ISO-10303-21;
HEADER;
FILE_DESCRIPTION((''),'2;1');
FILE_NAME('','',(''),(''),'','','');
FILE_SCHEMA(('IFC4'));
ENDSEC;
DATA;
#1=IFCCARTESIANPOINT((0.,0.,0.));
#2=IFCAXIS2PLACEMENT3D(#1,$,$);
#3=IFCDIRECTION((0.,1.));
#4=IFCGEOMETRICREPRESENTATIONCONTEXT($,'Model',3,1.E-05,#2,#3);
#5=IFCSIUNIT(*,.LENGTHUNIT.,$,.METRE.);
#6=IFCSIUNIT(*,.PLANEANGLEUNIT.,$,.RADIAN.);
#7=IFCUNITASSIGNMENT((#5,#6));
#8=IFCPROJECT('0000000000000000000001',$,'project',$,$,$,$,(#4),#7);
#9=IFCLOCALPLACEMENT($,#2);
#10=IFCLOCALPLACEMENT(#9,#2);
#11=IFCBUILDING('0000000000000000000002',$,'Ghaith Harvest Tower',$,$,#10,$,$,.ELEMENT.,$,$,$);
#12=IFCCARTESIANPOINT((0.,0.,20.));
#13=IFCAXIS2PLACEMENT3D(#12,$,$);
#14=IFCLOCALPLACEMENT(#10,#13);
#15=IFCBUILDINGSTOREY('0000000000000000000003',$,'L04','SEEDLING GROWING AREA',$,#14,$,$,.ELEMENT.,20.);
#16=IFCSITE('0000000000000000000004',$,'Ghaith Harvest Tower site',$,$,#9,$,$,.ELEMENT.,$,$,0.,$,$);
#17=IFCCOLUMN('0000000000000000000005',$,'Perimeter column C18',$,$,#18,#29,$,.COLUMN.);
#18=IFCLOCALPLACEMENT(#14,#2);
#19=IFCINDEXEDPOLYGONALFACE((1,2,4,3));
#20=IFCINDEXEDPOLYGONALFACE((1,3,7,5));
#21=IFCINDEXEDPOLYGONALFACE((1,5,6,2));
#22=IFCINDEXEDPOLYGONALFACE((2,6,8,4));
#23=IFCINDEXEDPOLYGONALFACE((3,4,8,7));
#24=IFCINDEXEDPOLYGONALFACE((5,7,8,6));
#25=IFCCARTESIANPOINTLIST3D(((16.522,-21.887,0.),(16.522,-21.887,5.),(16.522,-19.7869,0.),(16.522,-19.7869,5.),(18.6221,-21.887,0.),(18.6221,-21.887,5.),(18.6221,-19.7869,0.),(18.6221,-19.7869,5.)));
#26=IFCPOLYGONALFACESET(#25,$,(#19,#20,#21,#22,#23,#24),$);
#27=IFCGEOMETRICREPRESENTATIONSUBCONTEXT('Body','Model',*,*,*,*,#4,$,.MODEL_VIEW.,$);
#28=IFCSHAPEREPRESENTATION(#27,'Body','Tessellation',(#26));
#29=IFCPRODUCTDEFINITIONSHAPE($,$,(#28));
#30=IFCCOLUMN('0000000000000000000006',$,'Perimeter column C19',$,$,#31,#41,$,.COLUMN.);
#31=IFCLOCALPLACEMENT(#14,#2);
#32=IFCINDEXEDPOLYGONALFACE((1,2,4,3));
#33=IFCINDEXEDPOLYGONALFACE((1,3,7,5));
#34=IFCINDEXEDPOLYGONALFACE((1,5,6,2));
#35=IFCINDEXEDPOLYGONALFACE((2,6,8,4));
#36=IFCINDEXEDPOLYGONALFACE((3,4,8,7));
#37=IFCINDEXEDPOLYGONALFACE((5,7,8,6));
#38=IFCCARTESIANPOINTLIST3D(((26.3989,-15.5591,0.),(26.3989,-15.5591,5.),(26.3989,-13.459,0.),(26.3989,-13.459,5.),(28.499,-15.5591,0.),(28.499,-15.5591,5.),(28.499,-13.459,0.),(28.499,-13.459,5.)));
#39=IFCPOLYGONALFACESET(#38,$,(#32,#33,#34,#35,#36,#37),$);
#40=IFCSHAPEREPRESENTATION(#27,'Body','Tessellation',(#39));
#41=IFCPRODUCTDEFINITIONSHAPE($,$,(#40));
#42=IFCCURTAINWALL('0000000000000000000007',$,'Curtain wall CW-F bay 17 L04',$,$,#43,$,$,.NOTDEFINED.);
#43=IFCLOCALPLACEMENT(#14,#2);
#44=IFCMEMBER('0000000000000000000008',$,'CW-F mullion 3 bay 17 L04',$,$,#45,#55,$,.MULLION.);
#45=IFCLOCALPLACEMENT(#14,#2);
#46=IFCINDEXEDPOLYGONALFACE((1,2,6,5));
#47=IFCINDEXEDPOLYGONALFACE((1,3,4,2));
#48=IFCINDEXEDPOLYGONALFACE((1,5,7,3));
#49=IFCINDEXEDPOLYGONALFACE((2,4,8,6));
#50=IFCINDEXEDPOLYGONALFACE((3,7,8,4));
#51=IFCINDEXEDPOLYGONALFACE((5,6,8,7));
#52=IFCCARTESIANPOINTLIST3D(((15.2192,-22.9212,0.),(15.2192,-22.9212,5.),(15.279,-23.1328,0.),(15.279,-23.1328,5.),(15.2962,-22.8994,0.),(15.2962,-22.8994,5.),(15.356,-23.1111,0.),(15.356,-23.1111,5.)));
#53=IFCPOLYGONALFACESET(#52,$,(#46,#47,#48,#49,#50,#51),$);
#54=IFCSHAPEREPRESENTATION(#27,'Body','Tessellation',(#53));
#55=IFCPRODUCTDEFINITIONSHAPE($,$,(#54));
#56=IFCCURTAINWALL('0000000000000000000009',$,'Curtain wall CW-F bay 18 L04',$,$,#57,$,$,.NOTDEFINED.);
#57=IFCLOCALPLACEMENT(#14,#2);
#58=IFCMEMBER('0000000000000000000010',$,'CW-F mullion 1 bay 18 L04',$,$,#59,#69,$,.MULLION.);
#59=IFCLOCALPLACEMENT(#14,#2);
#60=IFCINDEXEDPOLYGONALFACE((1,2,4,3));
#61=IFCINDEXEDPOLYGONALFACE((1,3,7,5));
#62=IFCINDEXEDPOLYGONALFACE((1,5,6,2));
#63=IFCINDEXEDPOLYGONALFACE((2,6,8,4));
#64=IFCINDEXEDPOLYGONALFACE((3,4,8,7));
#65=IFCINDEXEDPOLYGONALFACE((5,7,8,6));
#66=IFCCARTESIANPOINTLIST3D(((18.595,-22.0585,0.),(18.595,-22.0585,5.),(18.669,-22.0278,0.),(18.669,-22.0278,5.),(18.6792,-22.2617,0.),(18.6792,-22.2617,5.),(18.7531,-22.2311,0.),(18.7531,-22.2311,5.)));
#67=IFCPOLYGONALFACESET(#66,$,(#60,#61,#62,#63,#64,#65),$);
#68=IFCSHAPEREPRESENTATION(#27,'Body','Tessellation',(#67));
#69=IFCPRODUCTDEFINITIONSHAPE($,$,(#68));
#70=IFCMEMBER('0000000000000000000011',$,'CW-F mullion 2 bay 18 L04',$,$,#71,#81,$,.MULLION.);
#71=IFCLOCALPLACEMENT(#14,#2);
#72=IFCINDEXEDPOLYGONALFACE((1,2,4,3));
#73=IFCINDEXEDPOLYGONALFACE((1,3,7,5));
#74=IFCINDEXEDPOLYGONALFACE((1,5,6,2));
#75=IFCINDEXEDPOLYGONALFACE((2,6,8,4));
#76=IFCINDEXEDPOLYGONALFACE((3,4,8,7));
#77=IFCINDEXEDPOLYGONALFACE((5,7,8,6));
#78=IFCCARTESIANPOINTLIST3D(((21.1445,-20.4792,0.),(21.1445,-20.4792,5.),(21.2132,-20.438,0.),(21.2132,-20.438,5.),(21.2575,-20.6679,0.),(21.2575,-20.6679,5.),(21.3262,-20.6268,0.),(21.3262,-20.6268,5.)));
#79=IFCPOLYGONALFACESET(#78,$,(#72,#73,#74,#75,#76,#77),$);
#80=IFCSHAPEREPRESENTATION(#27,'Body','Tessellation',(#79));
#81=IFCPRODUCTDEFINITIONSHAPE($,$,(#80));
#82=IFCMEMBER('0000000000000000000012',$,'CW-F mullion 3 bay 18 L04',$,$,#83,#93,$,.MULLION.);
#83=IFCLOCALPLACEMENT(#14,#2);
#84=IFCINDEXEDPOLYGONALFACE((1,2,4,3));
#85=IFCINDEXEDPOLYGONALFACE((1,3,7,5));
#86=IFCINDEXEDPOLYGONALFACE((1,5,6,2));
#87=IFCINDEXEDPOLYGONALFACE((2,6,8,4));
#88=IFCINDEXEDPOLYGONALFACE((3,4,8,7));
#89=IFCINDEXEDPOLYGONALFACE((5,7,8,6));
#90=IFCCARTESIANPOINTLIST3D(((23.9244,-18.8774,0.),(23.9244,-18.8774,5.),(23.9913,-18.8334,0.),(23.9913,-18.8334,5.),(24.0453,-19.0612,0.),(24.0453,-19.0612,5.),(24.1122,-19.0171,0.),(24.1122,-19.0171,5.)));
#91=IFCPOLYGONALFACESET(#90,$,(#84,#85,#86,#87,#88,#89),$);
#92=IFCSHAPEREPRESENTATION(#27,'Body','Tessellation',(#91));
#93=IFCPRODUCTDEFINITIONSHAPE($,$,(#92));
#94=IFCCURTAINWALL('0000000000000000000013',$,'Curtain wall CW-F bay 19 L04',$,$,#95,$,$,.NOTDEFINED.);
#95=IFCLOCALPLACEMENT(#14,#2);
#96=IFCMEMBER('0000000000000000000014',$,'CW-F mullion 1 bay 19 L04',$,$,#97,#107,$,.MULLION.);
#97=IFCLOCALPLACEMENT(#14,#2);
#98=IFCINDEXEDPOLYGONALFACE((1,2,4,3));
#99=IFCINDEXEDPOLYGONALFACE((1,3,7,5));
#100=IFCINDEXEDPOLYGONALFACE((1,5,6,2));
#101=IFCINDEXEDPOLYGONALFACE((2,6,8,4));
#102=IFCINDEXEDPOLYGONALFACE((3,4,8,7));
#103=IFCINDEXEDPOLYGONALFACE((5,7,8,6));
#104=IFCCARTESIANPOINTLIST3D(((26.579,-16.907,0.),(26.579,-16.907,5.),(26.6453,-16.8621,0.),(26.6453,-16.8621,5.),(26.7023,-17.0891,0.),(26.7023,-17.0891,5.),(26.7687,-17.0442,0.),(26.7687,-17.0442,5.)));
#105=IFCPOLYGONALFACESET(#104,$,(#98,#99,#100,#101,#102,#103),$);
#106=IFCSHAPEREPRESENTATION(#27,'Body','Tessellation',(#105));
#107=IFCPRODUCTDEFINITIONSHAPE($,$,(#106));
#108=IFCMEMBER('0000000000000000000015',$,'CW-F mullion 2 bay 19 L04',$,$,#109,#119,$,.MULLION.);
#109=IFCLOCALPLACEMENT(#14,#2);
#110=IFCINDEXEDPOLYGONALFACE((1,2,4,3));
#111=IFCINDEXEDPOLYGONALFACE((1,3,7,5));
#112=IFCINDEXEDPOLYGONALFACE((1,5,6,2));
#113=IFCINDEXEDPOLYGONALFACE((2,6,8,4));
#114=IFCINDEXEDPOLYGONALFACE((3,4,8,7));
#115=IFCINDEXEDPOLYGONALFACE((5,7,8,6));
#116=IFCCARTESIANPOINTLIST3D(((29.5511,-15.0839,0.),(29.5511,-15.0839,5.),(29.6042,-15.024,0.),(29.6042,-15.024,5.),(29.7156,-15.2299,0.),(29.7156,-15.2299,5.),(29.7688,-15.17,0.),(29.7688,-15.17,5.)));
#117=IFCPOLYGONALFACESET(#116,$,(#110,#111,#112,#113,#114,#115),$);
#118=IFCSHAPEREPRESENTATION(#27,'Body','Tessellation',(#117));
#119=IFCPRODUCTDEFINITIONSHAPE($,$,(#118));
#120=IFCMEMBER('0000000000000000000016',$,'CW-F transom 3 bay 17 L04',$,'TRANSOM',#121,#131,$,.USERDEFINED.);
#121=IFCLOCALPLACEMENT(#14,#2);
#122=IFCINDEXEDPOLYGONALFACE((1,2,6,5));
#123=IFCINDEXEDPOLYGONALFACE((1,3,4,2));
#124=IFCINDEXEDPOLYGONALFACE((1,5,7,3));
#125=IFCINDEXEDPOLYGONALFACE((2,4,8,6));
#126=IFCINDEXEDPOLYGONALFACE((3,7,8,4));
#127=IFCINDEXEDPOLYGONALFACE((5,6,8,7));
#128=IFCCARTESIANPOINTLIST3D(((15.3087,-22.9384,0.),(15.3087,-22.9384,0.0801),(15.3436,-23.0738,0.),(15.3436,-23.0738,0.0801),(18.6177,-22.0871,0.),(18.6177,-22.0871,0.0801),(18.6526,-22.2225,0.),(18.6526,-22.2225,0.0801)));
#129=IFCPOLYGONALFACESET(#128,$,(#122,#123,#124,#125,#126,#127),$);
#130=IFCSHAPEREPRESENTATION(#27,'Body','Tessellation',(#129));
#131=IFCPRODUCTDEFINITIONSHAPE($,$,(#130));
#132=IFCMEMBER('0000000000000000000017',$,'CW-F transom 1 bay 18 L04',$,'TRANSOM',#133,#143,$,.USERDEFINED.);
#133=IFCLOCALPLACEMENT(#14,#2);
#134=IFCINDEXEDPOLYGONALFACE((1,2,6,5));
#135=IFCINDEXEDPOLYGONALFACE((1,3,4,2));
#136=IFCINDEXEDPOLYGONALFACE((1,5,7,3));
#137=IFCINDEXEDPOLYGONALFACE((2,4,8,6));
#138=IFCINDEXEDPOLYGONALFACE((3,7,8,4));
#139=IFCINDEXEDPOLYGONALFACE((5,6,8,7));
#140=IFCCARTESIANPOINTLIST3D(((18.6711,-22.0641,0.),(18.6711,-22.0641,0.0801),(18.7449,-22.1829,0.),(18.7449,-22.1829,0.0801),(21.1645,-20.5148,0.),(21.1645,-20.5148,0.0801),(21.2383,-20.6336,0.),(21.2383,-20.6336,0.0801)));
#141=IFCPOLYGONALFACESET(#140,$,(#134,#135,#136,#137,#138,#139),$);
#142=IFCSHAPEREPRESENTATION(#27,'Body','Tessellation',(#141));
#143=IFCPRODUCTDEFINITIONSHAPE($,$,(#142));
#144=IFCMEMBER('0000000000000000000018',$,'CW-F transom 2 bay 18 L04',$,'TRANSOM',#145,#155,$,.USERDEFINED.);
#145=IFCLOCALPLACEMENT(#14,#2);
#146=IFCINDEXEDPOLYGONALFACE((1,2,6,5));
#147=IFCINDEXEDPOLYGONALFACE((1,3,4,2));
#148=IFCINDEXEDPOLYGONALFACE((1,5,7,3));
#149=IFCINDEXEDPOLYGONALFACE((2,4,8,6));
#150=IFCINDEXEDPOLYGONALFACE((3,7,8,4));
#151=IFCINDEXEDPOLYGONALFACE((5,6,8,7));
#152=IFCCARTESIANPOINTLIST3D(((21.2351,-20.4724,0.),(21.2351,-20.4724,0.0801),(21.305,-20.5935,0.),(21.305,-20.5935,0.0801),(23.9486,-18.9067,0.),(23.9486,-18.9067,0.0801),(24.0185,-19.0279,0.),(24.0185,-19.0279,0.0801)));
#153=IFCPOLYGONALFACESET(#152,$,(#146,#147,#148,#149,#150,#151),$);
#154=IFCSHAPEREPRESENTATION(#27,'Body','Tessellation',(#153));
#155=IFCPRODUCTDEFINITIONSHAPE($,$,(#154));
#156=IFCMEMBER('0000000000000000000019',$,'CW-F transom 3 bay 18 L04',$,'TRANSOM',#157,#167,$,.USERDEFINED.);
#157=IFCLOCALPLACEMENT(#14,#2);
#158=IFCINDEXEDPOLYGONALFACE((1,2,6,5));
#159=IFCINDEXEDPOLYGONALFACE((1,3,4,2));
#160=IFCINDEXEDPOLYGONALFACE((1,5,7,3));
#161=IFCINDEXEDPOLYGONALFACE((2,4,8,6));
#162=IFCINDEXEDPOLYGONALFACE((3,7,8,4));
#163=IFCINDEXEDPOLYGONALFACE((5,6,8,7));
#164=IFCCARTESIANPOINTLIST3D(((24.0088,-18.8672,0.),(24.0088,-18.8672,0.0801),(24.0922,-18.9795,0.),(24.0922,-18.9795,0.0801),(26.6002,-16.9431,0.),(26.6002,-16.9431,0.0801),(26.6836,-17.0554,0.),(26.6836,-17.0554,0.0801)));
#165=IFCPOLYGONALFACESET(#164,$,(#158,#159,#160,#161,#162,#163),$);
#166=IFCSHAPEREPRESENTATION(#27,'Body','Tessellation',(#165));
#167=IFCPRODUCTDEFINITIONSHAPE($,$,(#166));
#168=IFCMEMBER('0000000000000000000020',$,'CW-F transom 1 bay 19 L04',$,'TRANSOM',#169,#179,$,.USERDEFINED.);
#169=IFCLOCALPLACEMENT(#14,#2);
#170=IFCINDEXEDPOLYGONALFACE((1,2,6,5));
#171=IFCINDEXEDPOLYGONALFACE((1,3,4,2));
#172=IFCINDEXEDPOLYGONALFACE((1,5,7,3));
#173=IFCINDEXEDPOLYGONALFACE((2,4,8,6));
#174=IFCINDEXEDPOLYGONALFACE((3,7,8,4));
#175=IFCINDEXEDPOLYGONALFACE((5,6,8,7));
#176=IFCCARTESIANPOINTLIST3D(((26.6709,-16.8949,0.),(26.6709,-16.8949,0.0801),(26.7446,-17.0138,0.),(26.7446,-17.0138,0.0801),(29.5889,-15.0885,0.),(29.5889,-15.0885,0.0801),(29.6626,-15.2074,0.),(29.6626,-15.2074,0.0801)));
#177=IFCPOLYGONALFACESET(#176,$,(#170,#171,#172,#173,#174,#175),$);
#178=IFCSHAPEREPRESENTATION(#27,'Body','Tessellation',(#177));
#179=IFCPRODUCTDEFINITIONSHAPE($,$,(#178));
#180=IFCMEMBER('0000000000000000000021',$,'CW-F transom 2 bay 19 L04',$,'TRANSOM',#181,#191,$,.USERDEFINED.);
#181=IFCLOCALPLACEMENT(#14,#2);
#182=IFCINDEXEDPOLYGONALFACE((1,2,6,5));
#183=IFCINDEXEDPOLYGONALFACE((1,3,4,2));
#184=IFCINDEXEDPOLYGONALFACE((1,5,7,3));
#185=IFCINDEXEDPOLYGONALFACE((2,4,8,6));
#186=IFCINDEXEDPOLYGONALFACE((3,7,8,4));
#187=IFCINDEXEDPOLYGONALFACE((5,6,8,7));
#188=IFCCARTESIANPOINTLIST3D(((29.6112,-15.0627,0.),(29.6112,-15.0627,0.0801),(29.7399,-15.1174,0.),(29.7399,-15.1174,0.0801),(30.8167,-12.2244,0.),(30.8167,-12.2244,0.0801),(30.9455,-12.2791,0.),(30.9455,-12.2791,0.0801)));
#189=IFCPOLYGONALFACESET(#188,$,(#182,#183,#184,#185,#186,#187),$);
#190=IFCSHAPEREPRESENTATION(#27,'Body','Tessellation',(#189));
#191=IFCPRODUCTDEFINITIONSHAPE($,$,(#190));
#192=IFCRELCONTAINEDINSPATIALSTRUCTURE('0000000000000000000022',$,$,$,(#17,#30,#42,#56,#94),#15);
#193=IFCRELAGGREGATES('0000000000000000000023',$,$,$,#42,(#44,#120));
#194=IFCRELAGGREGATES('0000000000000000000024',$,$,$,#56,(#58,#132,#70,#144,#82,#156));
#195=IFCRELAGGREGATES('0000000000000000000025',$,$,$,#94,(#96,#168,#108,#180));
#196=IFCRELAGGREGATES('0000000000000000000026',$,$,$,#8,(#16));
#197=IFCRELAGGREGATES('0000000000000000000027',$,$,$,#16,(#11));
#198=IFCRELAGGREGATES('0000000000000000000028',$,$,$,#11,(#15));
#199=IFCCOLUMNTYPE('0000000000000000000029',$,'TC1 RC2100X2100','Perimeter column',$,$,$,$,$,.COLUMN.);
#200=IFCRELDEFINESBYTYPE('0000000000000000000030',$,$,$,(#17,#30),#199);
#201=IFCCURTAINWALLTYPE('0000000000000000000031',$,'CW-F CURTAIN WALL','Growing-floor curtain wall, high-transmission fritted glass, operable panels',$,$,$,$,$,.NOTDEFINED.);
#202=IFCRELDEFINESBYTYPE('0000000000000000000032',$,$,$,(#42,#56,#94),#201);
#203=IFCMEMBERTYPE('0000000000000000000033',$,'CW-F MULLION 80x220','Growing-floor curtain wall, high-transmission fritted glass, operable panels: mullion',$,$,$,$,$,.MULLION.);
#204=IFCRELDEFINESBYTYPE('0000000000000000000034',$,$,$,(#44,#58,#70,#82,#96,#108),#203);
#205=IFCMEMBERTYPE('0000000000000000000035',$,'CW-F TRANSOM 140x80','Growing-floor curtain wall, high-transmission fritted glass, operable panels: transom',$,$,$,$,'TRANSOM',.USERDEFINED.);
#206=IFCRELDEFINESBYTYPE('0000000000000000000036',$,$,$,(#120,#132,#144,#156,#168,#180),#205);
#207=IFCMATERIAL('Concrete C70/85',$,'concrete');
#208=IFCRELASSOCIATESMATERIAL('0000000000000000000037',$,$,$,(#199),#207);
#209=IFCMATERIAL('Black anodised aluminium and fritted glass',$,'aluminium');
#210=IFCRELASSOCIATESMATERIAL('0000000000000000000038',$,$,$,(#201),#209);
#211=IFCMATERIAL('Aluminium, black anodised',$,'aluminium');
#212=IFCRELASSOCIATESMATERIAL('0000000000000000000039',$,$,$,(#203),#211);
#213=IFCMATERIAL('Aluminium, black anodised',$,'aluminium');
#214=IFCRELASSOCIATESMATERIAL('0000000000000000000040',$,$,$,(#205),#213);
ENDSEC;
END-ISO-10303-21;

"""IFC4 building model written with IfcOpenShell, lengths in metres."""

from ifc_helpers import new_model, si_unit, direction, frame, origin, origin_2d, place, context, subcontext, project, spatial, rectangle, extrude, material, material_profile, profile_set, type_object, element, aggregate, save


model = new_model("IFC4")

# Units and contexts
model_context = context("Model", 3, precision=1e-05, world=origin(), true_north=direction((0.0, 1.0)))
body_context = subcontext(model_context, "Body", "Model", "MODEL_VIEW")
ifc_project = project(units=[si_unit("LENGTHUNIT", "METRE"), si_unit("PLANEANGLEUNIT", "RADIAN")], contexts=[model_context])

# Site, building, storey
site_placement = place(None, origin())
site = spatial("IfcSite", under=ifc_project, at=site_placement, Name="Ghaith Harvest Tower site", CompositionType="ELEMENT", RefElevation=0.0)
building_placement = place(site_placement, origin())
building = spatial("IfcBuilding", under=site, at=building_placement, Name="Ghaith Harvest Tower", CompositionType="ELEMENT")
storey_placement = place(building_placement, frame((0.0, 0.0, 20.0)))
storey = spatial("IfcBuildingStorey", under=building, at=storey_placement, Name="L04", Description="SEEDLING GROWING AREA", CompositionType="ELEMENT", Elevation=20.0)

# Columns
ifc_material_1 = material(Name="Concrete C70/85", Category="concrete")
ifc_material_profile_1 = material_profile(ifc_material_1, rectangle(XDim=2.1001, YDim=2.1001, at=origin_2d()), Name="RC2100X2100")
ifc_profile_set_1 = profile_set([ifc_material_profile_1], Name="Concrete C70/85")
column_type = type_object("IfcColumnType", Name="TC1 RC2100X2100", Description="Perimeter column", PredefinedType="COLUMN", material=ifc_profile_set_1)
for number, where, z_axis, x_axis, name in (
    (1, (17.572, -20.8369, 0.0), (0.0, 0.0, 1.0), (1.0, 0.0, 0.0), "Perimeter column C18"),
    (2, (27.449, -14.509, 0.0), (0.0, 0.0, 1.0), (1.0, 0.0, 0.0), "Perimeter column C19"),
):
    element("IfcColumn", number, at=place(storey_placement, frame(where, z_axis=z_axis, x_axis=x_axis)), inside=storey, type_object=column_type, Name=name, PredefinedType="COLUMN", context=body_context, shape_type="SweptSolid", body=[
        extrude(rectangle(XDim=2.1001, YDim=2.1001, at=origin_2d()), origin(), (0.0, 0.0, 1.0), 5.0),
    ])

# Curtain wall, member
ifc_material_2 = material(Name="Black anodised aluminium and fritted glass", Category="aluminium")
curtain_wall_type = type_object("IfcCurtainWallType", Name="CW-F CURTAIN WALL", Description="Growing-floor curtain wall, high-transmission fritted glass, operable panels", PredefinedType="NOTDEFINED", material=ifc_material_2)
curtain_wall_1_placement = place(storey_placement, origin())
curtain_wall_1 = element("IfcCurtainWall", 3, at=curtain_wall_1_placement, inside=storey, type_object=curtain_wall_type, Name="Curtain wall CW-F bay 17 L04", PredefinedType="NOTDEFINED")
ifc_material_3 = material(Name="Aluminium, black anodised", Category="aluminium")
ifc_material_profile_2 = material_profile(ifc_material_3, rectangle(XDim=0.0801, YDim=0.22, at=origin_2d()), Name="CW-F MULLION 80x220")
ifc_profile_set_2 = profile_set([ifc_material_profile_2], Name="Aluminium, black anodised")
member_type_1 = type_object("IfcMemberType", Name="CW-F MULLION 80x220", Description="Growing-floor curtain wall, high-transmission fritted glass, operable panels: mullion", PredefinedType="MULLION", material=ifc_profile_set_2)
member_1_placement = place(storey_placement, frame((15.2876, -23.0161, 0.0), z_axis=(0.0, 0.0, 1.0), x_axis=(0.962313, 0.271944, 0.0)))
member_1 = element("IfcMember", 4, at=member_1_placement, type_object=member_type_1, Name="CW-F mullion 3 bay 17 L04", PredefinedType="MULLION", context=body_context, shape_type="SweptSolid", body=[
    extrude(rectangle(XDim=0.0801, YDim=0.22, at=origin_2d()), origin(), (0.0, 0.0, 1.0), 5.0),
])

# Curtain walls, members
curtain_wall_2_placement = place(storey_placement, origin())
curtain_wall_2 = element("IfcCurtainWall", 5, at=curtain_wall_2_placement, inside=storey, type_object=curtain_wall_type, Name="Curtain wall CW-F bay 18 L04", PredefinedType="NOTDEFINED")
member_2_placement = place(storey_placement, frame((18.6741, -22.1448, 0.0), z_axis=(0.0, 0.0, 1.0), x_axis=(0.92391, 0.382609, 0.0)))
member_2 = element("IfcMember", 6, at=member_2_placement, type_object=member_type_1, Name="CW-F mullion 1 bay 18 L04", PredefinedType="MULLION", context=body_context, shape_type="SweptSolid", body=[
    extrude(rectangle(XDim=0.0801, YDim=0.22, at=origin_2d()), origin(), (0.0, 0.0, 1.0), 5.0),
])
member_3_placement = place(storey_placement, frame((21.2354, -20.553, 0.0), z_axis=(0.0, 0.0, 1.0), x_axis=(0.85814, 0.513415, 0.0)))
member_3 = element("IfcMember", 7, at=member_3_placement, type_object=member_type_1, Name="CW-F mullion 2 bay 18 L04", PredefinedType="MULLION", context=body_context, shape_type="SweptSolid", body=[
    extrude(rectangle(XDim=0.0801, YDim=0.22, at=origin_2d()), origin(), (0.0, 0.0, 1.0), 5.0),
])
member_4_placement = place(storey_placement, frame((24.0183, -18.9473, 0.0), z_axis=(0.0, 0.0, 1.0), x_axis=(0.835444, 0.549576, 0.0)))
member_4 = element("IfcMember", 8, at=member_4_placement, type_object=member_type_1, Name="CW-F mullion 3 bay 18 L04", PredefinedType="MULLION", context=body_context, shape_type="SweptSolid", body=[
    extrude(rectangle(XDim=0.0801, YDim=0.22, at=origin_2d()), origin(), (0.0, 0.0, 1.0), 5.0),
])
curtain_wall_3_placement = place(storey_placement, origin())
curtain_wall_3 = element("IfcCurtainWall", 9, at=curtain_wall_3_placement, inside=storey, type_object=curtain_wall_type, Name="Curtain wall CW-F bay 19 L04", PredefinedType="NOTDEFINED")
member_5_placement = place(storey_placement, frame((26.6738, -16.9756, 0.0), z_axis=(0.0, 0.0, 1.0), x_axis=(0.828002, 0.560725, 0.0)))
member_5 = element("IfcMember", 10, at=member_5_placement, type_object=member_type_1, Name="CW-F mullion 1 bay 19 L04", PredefinedType="MULLION", context=body_context, shape_type="SweptSolid", body=[
    extrude(rectangle(XDim=0.0801, YDim=0.22, at=origin_2d()), origin(), (0.0, 0.0, 1.0), 5.0),
])
member_6_placement = place(storey_placement, frame((29.6599, -15.127, 0.0), z_axis=(0.0, 0.0, 1.0), x_axis=(0.663605, 0.748083, 0.0)))
member_6 = element("IfcMember", 11, at=member_6_placement, type_object=member_type_1, Name="CW-F mullion 2 bay 19 L04", PredefinedType="MULLION", context=body_context, shape_type="SweptSolid", body=[
    extrude(rectangle(XDim=0.0801, YDim=0.22, at=origin_2d()), origin(), (0.0, 0.0, 1.0), 5.0),
])

# Members
ifc_material_4 = material(Name="Aluminium, black anodised", Category="aluminium")
ifc_material_profile_3 = material_profile(ifc_material_4, rectangle(XDim=0.1399, YDim=0.0801, at=origin_2d()), Name="CW-F TRANSOM 140x80")
ifc_profile_set_3 = profile_set([ifc_material_profile_3], Name="Aluminium, black anodised")
member_type_2 = type_object("IfcMemberType", Name="CW-F TRANSOM 140x80", Description="Growing-floor curtain wall, high-transmission fritted glass, operable panels: transom", ElementType="TRANSOM", PredefinedType="USERDEFINED", material=ifc_profile_set_3)
member_7_placement = place(storey_placement, frame((15.3262, -23.0061, 0.04), z_axis=(0.968464, 0.249154, 0.0), x_axis=(-0.249154, 0.968464, 0.0)))
member_7 = element("IfcMember", 12, at=member_7_placement, type_object=member_type_2, Name="CW-F transom 3 bay 17 L04", ObjectType="TRANSOM", PredefinedType="USERDEFINED", context=body_context, shape_type="SweptSolid", body=[
    extrude(rectangle(XDim=0.1399, YDim=0.0801, at=origin_2d()), origin(), (0.0, 0.0, 1.0), 3.4167),
])
member_8_placement = place(storey_placement, frame((18.708, -22.1235, 0.04), z_axis=(0.849383, 0.527777, 0.0), x_axis=(-0.527777, 0.849383, 0.0)))
member_8 = element("IfcMember", 13, at=member_8_placement, type_object=member_type_2, Name="CW-F transom 1 bay 18 L04", ObjectType="TRANSOM", PredefinedType="USERDEFINED", context=body_context, shape_type="SweptSolid", body=[
    extrude(rectangle(XDim=0.1399, YDim=0.0801, at=origin_2d()), origin(), (0.0, 0.0, 1.0), 2.9355),
])
member_9_placement = place(storey_placement, frame((21.27, -20.533, 0.04), z_axis=(0.866169, 0.499752, 0.0), x_axis=(-0.499752, 0.866169, 0.0)))
member_9 = element("IfcMember", 14, at=member_9_placement, type_object=member_type_2, Name="CW-F transom 2 bay 18 L04", ObjectType="TRANSOM", PredefinedType="USERDEFINED", context=body_context, shape_type="SweptSolid", body=[
    extrude(rectangle(XDim=0.1399, YDim=0.0801, at=origin_2d()), origin(), (0.0, 0.0, 1.0), 3.1328),
])
member_10_placement = place(storey_placement, frame((24.0505, -18.9233, 0.04), z_axis=(0.802877, 0.596144, 0.0), x_axis=(-0.596144, 0.802877, 0.0)))
member_10 = element("IfcMember", 15, at=member_10_placement, type_object=member_type_2, Name="CW-F transom 3 bay 18 L04", ObjectType="TRANSOM", PredefinedType="USERDEFINED", context=body_context, shape_type="SweptSolid", body=[
    extrude(rectangle(XDim=0.1399, YDim=0.0801, at=origin_2d()), origin(), (0.0, 0.0, 1.0), 3.2275),
])
member_11_placement = place(storey_placement, frame((26.7078, -16.9543, 0.04), z_axis=(0.850261, 0.526362, 0.0), x_axis=(-0.526362, 0.850261, 0.0)))
member_11 = element("IfcMember", 16, at=member_11_placement, type_object=member_type_2, Name="CW-F transom 1 bay 19 L04", ObjectType="TRANSOM", PredefinedType="USERDEFINED", context=body_context, shape_type="SweptSolid", body=[
    extrude(rectangle(XDim=0.1399, YDim=0.0801, at=origin_2d()), origin(), (0.0, 0.0, 1.0), 3.4319),
])
member_12_placement = place(storey_placement, frame((29.6755, -15.0901, 0.04), z_axis=(0.390936, 0.920418, 0.0), x_axis=(-0.920418, 0.390936, 0.0)))
member_12 = element("IfcMember", 17, at=member_12_placement, type_object=member_type_2, Name="CW-F transom 2 bay 19 L04", ObjectType="TRANSOM", PredefinedType="USERDEFINED", context=body_context, shape_type="SweptSolid", body=[
    extrude(rectangle(XDim=0.1399, YDim=0.0801, at=origin_2d()), origin(), (0.0, 0.0, 1.0), 3.0837),
])

aggregate(curtain_wall_1, [member_1, member_7])
aggregate(curtain_wall_2, [member_2, member_8, member_3, member_9, member_4, member_10])
aggregate(curtain_wall_3, [member_5, member_11, member_6, member_12])

save(model, "model.ifc")
